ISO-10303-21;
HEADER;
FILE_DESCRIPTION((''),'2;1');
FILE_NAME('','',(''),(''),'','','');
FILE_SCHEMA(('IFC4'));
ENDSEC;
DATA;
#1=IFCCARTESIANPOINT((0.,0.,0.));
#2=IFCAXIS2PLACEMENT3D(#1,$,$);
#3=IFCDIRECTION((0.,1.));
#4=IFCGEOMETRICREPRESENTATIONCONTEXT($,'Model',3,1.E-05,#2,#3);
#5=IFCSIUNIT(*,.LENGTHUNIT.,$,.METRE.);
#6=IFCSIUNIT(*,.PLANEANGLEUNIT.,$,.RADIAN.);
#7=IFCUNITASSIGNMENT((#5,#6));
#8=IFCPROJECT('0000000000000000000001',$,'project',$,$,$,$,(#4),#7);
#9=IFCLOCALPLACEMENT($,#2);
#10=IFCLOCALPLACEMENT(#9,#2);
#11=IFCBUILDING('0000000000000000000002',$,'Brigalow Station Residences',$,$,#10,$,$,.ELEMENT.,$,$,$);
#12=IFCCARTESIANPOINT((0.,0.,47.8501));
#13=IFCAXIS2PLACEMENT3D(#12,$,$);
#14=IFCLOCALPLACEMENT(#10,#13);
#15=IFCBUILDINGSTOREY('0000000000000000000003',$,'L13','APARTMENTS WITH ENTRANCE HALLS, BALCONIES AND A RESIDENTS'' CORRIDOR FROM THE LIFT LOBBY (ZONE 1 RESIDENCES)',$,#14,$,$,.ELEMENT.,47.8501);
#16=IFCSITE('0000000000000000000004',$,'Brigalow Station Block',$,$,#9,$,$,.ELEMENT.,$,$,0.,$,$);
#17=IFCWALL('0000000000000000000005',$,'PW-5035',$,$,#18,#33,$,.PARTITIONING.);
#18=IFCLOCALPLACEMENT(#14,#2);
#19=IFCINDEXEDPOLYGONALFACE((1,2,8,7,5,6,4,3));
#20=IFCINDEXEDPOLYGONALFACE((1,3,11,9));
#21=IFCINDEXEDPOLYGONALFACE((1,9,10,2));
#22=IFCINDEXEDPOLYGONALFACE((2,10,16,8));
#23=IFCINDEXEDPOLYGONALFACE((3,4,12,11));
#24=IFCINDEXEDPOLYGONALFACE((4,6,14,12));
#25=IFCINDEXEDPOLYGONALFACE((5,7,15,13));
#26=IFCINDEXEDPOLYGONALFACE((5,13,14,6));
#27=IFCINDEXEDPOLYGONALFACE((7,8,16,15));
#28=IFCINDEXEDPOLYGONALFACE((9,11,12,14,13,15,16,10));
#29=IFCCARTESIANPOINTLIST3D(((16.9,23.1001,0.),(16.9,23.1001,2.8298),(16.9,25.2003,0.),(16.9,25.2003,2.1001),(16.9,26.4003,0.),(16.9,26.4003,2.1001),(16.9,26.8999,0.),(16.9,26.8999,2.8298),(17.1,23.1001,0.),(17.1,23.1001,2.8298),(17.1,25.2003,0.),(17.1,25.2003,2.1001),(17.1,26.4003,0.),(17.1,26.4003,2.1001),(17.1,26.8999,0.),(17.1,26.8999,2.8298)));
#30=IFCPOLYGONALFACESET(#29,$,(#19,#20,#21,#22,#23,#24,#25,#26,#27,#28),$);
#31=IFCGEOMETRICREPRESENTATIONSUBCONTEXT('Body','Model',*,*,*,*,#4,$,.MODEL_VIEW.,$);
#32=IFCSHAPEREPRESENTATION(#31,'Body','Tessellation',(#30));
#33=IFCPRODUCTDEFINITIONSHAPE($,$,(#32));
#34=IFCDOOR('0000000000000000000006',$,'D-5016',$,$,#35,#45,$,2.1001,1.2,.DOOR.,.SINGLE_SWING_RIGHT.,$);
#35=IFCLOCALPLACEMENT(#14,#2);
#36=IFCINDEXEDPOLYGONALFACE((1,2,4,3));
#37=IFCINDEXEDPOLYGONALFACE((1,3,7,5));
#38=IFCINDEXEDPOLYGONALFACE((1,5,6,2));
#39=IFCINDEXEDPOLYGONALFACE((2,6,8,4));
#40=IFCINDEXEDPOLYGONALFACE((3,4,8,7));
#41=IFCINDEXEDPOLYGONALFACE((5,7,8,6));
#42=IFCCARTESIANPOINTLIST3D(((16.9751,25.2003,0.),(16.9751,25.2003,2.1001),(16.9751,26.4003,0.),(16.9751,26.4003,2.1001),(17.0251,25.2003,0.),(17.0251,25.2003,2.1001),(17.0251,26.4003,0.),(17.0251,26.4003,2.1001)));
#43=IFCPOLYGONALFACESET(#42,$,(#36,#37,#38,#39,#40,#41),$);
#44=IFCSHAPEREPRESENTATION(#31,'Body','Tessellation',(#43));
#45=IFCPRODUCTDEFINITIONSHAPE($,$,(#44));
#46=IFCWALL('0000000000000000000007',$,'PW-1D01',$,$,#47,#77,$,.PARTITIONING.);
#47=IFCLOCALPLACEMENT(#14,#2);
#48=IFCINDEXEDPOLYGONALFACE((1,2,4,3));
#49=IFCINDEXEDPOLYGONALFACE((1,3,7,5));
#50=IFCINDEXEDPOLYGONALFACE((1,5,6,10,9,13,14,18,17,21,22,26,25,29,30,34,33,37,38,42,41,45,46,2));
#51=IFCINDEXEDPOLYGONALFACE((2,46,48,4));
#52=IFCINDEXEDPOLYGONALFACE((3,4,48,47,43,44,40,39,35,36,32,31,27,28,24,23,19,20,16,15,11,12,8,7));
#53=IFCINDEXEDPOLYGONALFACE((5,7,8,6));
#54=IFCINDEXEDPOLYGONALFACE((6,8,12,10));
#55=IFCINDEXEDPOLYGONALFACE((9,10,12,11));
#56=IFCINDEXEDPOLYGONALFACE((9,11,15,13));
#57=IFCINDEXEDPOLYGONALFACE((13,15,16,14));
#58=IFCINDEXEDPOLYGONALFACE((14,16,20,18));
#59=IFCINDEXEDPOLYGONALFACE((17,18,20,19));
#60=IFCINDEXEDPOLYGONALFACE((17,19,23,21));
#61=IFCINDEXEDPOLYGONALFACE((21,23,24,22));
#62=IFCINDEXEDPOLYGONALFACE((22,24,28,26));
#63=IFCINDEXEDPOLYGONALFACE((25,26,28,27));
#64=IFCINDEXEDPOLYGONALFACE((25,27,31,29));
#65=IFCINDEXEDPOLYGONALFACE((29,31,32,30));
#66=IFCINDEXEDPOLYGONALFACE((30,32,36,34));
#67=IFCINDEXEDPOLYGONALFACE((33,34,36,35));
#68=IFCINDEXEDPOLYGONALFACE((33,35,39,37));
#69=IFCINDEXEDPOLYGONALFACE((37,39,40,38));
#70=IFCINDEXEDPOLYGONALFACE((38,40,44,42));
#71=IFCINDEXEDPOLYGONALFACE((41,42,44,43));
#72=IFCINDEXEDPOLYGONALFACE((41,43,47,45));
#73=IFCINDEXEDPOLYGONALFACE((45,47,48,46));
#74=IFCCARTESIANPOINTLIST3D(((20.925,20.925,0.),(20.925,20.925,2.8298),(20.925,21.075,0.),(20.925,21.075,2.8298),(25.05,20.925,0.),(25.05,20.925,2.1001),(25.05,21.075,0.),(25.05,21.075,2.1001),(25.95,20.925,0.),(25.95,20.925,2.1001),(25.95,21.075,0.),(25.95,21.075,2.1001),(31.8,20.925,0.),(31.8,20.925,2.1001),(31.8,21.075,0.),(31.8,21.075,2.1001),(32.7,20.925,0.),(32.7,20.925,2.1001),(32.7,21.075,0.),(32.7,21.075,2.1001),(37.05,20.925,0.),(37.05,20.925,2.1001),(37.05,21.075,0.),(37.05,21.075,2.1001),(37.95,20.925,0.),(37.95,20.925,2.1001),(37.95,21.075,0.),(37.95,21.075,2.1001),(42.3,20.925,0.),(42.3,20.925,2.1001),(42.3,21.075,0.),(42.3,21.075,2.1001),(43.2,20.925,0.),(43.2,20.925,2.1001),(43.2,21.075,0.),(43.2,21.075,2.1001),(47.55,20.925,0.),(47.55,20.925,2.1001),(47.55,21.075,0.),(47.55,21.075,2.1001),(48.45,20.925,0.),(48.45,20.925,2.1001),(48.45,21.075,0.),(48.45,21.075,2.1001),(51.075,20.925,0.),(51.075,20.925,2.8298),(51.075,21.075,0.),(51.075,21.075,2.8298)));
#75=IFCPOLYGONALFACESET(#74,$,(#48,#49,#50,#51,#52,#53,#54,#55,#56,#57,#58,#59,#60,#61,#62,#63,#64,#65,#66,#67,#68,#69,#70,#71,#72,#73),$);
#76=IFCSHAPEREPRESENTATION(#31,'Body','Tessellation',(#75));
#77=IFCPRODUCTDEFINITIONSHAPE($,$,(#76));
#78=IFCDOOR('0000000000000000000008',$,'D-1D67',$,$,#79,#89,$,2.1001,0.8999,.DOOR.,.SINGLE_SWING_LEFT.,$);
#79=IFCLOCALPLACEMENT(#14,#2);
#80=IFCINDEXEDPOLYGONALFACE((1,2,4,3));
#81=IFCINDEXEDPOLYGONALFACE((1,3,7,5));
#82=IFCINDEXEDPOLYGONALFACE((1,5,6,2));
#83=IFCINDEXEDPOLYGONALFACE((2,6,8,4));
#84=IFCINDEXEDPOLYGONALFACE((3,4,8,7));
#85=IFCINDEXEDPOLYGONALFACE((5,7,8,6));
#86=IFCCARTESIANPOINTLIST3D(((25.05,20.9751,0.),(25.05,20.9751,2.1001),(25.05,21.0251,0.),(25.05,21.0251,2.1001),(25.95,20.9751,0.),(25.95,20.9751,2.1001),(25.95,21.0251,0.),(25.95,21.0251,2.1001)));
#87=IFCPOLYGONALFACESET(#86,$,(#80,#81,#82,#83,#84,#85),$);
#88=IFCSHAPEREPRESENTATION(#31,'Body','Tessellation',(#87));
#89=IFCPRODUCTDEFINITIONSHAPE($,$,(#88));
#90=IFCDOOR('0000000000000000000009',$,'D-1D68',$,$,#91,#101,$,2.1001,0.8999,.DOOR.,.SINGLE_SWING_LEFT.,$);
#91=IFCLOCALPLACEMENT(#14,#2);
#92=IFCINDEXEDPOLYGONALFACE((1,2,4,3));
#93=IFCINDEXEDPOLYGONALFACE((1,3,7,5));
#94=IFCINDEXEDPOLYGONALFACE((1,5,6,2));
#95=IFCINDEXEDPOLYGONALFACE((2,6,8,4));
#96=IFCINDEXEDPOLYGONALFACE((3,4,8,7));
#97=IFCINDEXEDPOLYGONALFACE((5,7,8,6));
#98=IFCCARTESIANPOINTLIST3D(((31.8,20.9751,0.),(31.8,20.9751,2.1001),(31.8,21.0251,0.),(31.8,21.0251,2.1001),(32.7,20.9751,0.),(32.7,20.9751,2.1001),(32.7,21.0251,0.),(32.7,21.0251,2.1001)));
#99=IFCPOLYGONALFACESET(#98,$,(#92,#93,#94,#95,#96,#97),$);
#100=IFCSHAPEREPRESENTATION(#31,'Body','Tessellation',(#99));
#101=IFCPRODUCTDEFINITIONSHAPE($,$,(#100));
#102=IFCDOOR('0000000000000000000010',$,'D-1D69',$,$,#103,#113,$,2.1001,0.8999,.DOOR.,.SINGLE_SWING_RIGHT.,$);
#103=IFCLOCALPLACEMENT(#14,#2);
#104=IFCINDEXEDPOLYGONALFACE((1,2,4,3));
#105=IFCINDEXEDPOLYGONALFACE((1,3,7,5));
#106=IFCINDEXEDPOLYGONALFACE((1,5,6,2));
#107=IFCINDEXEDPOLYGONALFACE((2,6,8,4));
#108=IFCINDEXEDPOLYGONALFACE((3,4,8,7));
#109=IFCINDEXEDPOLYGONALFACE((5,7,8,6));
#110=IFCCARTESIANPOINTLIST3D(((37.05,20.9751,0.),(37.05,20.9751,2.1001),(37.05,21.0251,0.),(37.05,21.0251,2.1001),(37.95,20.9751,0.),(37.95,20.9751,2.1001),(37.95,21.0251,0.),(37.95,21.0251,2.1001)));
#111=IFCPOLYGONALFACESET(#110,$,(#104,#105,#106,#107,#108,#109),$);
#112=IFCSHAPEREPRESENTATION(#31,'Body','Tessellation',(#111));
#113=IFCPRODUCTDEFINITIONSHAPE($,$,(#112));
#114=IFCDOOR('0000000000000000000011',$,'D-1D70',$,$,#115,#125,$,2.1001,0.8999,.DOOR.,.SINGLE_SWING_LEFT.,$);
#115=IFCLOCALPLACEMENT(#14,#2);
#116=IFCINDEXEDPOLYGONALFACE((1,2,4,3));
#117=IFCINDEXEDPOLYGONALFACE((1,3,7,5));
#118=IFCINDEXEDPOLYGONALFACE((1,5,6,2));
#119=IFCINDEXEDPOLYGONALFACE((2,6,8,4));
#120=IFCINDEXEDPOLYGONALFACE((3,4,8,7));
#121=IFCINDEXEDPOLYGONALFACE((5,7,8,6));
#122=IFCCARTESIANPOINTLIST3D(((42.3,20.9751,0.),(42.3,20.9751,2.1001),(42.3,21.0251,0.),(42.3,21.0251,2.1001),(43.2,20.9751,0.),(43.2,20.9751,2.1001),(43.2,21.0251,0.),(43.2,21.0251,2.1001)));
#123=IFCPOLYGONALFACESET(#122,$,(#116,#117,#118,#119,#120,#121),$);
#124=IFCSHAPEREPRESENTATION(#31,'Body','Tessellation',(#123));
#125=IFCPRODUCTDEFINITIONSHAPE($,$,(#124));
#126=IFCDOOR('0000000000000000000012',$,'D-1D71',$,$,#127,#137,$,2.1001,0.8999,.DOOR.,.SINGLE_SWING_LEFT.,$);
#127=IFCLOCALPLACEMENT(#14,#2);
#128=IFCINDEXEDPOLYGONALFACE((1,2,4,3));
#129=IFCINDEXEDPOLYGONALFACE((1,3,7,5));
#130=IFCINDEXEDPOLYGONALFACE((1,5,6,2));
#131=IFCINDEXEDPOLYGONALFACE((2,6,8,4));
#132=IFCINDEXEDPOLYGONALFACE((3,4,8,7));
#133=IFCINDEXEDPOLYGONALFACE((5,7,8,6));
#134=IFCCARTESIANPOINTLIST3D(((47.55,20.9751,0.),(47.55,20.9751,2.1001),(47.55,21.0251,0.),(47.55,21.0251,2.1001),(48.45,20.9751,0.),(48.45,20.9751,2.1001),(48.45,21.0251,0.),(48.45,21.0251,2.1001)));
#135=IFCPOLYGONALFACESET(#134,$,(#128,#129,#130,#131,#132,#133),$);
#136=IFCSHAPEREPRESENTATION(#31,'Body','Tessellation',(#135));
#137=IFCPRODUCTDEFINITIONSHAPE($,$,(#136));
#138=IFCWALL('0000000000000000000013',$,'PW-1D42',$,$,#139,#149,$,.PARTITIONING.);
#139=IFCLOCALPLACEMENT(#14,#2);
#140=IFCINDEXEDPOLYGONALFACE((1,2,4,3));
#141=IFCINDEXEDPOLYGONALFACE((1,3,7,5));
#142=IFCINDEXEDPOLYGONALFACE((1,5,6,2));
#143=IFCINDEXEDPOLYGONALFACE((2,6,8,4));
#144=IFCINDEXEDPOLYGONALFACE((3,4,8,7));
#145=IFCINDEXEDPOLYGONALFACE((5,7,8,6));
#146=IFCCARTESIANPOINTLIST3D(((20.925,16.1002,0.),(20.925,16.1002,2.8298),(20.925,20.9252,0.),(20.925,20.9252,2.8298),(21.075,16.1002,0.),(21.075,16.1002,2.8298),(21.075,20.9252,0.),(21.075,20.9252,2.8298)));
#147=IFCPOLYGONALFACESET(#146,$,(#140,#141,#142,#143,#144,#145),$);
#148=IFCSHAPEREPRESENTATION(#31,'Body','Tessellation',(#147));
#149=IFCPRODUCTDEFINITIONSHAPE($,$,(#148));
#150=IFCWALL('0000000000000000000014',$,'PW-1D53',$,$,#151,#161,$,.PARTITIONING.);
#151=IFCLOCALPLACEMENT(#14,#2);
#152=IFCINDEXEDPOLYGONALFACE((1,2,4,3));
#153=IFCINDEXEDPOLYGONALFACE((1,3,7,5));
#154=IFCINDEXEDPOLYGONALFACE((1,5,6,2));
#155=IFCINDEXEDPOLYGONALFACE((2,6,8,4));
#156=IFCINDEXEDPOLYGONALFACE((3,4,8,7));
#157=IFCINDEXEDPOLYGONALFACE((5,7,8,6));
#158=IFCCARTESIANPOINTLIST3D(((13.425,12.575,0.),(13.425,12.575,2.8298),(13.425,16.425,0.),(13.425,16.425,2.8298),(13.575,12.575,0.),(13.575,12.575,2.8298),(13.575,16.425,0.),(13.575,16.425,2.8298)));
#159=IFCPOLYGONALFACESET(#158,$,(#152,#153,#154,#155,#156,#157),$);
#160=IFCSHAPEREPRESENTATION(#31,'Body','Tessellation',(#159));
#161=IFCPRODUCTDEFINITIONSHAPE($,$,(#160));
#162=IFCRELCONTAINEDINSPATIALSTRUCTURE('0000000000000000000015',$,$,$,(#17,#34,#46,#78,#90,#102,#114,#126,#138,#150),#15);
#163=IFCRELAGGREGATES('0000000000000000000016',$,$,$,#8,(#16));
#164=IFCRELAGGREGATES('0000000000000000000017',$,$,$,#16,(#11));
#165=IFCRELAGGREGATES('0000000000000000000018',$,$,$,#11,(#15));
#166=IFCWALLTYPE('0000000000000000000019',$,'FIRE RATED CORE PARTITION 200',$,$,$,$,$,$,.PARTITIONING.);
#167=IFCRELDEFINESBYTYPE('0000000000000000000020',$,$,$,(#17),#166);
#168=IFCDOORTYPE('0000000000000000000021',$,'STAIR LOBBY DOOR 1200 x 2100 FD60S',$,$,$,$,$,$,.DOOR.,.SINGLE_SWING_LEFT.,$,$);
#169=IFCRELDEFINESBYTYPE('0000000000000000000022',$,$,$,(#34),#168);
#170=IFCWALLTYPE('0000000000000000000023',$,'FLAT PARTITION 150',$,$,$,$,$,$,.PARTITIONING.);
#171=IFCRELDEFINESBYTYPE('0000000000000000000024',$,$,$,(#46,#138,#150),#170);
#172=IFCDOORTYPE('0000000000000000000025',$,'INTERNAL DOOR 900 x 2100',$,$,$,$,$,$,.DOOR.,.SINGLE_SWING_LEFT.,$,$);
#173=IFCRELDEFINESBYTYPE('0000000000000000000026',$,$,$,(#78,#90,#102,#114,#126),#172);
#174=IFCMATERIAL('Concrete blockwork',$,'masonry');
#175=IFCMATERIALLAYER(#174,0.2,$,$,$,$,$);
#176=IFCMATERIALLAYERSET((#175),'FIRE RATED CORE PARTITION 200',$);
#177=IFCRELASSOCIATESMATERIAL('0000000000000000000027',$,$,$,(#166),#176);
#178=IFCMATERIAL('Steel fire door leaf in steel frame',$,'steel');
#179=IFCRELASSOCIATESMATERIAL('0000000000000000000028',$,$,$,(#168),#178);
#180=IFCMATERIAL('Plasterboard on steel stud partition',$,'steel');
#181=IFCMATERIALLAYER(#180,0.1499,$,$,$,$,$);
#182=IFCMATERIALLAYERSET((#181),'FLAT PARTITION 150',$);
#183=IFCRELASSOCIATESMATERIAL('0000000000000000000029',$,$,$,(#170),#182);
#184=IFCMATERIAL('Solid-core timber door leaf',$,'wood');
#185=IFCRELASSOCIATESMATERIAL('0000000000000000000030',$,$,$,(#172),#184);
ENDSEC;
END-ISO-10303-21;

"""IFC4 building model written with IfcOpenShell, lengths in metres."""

from ifc_helpers import new_model, si_unit, direction, frame, frame_2d, origin, place, context, subcontext, project, spatial, rectangle, extrude, material, layer, layer_set, type_object, element, fill, save


model = new_model("IFC4")

# Units and contexts
model_context = context("Model", 3, precision=1e-05, world=origin(), true_north=direction((0.0, 1.0)))
body_context = subcontext(model_context, "Body", "Model", "MODEL_VIEW")
ifc_project = project(units=[si_unit("LENGTHUNIT", "METRE"), si_unit("PLANEANGLEUNIT", "RADIAN")], contexts=[model_context])

# Site, building, storey
site_placement = place(None, origin())
site = spatial("IfcSite", under=ifc_project, at=site_placement, Name="Brigalow Station Block", CompositionType="ELEMENT", RefElevation=0.0)
building_placement = place(site_placement, origin())
building = spatial("IfcBuilding", under=site, at=building_placement, Name="Brigalow Station Residences", CompositionType="ELEMENT")
storey_placement = place(building_placement, frame((0.0, 0.0, 47.8501)))
storey = spatial("IfcBuildingStorey", under=building, at=storey_placement, Name="L13", Description="APARTMENTS WITH ENTRANCE HALLS, BALCONIES AND A RESIDENTS' CORRIDOR FROM THE LIFT LOBBY (ZONE 1 RESIDENCES)", CompositionType="ELEMENT", Elevation=47.8501)

# Wall, opening, door
ifc_material_1 = material(Name="Concrete blockwork", Category="masonry")
ifc_layer_1 = layer(ifc_material_1, 0.2)
ifc_layer_set_1 = layer_set([ifc_layer_1], Name="FIRE RATED CORE PARTITION 200")
wall_type_1 = type_object("IfcWallType", Name="FIRE RATED CORE PARTITION 200", PredefinedType="PARTITIONING", material=ifc_layer_set_1)
wall_1_placement = place(storey_placement, frame((17.0, 23.1001, 0.0), z_axis=(0.0, 0.0, 1.0), x_axis=(0.0, 1.0, 0.0)))
wall_1 = element("IfcWall", 1, at=wall_1_placement, inside=storey, type_object=wall_type_1, Name="PW-5035", PredefinedType="PARTITIONING", context=body_context, shape_type="SweptSolid", body=[
    extrude(rectangle(XDim=3.7998, YDim=0.2, at=frame_2d((1.8999, 0.0))), origin(), (0.0, 0.0, 1.0), 2.8298),
])
opening_1_placement = place(wall_1_placement, frame((2.1001, 0.0, 0.0)))
opening_1 = element("IfcOpeningElement", 2, at=opening_1_placement, cuts=wall_1, PredefinedType="OPENING", context=body_context, shape_type="SweptSolid", body=[
    extrude(rectangle(XDim=1.2, YDim=2.1001, at=frame_2d((0.6001, 1.05))), frame((0.0, 0.1099, 0.0), z_axis=(0.0, -1.0, 0.0), x_axis=(1.0, 0.0, 0.0)), (0.0, 0.0, 1.0), 0.22),
])
ifc_material_2 = material(Name="Steel fire door leaf in steel frame", Category="steel")
door_type_1 = type_object("IfcDoorType", Name="STAIR LOBBY DOOR 1200 x 2100 FD60S", OperationType="SINGLE_SWING_LEFT", PredefinedType="DOOR", material=ifc_material_2)
door_1_placement = place(opening_1_placement, origin())
door_1 = element("IfcDoor", 3, at=door_1_placement, inside=storey, type_object=door_type_1, Name="D-5016", OperationType="SINGLE_SWING_RIGHT", OverallHeight=2.1001, OverallWidth=1.2, PredefinedType="DOOR", context=body_context, shape_type="SweptSolid", body=[
    extrude(rectangle(XDim=1.2, YDim=2.1001, at=frame_2d((0.6001, 1.05))), frame((0.0, 0.0249, 0.0), z_axis=(0.0, -1.0, 0.0), x_axis=(1.0, 0.0, 0.0)), (0.0, 0.0, 1.0), 0.05),
])
fill(opening_1, door_1)

# Wall, openings, doors
ifc_material_3 = material(Name="Plasterboard on steel stud partition", Category="steel")
ifc_layer_2 = layer(ifc_material_3, 0.1499)
ifc_layer_set_2 = layer_set([ifc_layer_2], Name="FLAT PARTITION 150")
wall_type_2 = type_object("IfcWallType", Name="FLAT PARTITION 150", PredefinedType="PARTITIONING", material=ifc_layer_set_2)
wall_2_placement = place(storey_placement, frame((20.925, 21.0, 0.0), z_axis=(0.0, 0.0, 1.0), x_axis=(1.0, 0.0, 0.0)))
wall_2 = element("IfcWall", 4, at=wall_2_placement, inside=storey, type_object=wall_type_2, Name="PW-1D01", PredefinedType="PARTITIONING", context=body_context, shape_type="SweptSolid", body=[
    extrude(rectangle(XDim=30.1499, YDim=0.1499, at=frame_2d((15.075, 0.0))), origin(), (0.0, 0.0, 1.0), 2.8298),
])
opening_2_placement = place(wall_2_placement, frame((4.125, 0.0, 0.0)))
opening_2 = element("IfcOpeningElement", 5, at=opening_2_placement, cuts=wall_2, PredefinedType="OPENING", context=body_context, shape_type="SweptSolid", body=[
    extrude(rectangle(XDim=0.8999, YDim=2.1001, at=frame_2d((0.45, 1.05))), frame((0.0, 0.085, 0.0), z_axis=(0.0, -1.0, 0.0), x_axis=(1.0, 0.0, 0.0)), (0.0, 0.0, 1.0), 0.1699),
])
opening_3_placement = place(wall_2_placement, frame((10.875, 0.0, 0.0)))
opening_3 = element("IfcOpeningElement", 6, at=opening_3_placement, cuts=wall_2, PredefinedType="OPENING", context=body_context, shape_type="SweptSolid", body=[
    extrude(rectangle(XDim=0.8999, YDim=2.1001, at=frame_2d((0.45, 1.05))), frame((0.0, 0.085, 0.0), z_axis=(0.0, -1.0, 0.0), x_axis=(1.0, 0.0, 0.0)), (0.0, 0.0, 1.0), 0.1699),
])
opening_4_placement = place(wall_2_placement, frame((16.125, 0.0, 0.0)))
opening_4 = element("IfcOpeningElement", 7, at=opening_4_placement, cuts=wall_2, PredefinedType="OPENING", context=body_context, shape_type="SweptSolid", body=[
    extrude(rectangle(XDim=0.8999, YDim=2.1001, at=frame_2d((0.45, 1.05))), frame((0.0, 0.085, 0.0), z_axis=(0.0, -1.0, 0.0), x_axis=(1.0, 0.0, 0.0)), (0.0, 0.0, 1.0), 0.1699),
])
opening_5_placement = place(wall_2_placement, frame((21.375, 0.0, 0.0)))
opening_5 = element("IfcOpeningElement", 8, at=opening_5_placement, cuts=wall_2, PredefinedType="OPENING", context=body_context, shape_type="SweptSolid", body=[
    extrude(rectangle(XDim=0.8999, YDim=2.1001, at=frame_2d((0.45, 1.05))), frame((0.0, 0.085, 0.0), z_axis=(0.0, -1.0, 0.0), x_axis=(1.0, 0.0, 0.0)), (0.0, 0.0, 1.0), 0.1699),
])
opening_6_placement = place(wall_2_placement, frame((26.625, 0.0, 0.0)))
opening_6 = element("IfcOpeningElement", 9, at=opening_6_placement, cuts=wall_2, PredefinedType="OPENING", context=body_context, shape_type="SweptSolid", body=[
    extrude(rectangle(XDim=0.8999, YDim=2.1001, at=frame_2d((0.45, 1.05))), frame((0.0, 0.085, 0.0), z_axis=(0.0, -1.0, 0.0), x_axis=(1.0, 0.0, 0.0)), (0.0, 0.0, 1.0), 0.1699),
])
ifc_material_4 = material(Name="Solid-core timber door leaf", Category="wood")
door_type_2 = type_object("IfcDoorType", Name="INTERNAL DOOR 900 x 2100", OperationType="SINGLE_SWING_LEFT", PredefinedType="DOOR", material=ifc_material_4)
door_2_placement = place(opening_2_placement, frame((0.8999, 0.0, 0.0), z_axis=(0.0, 0.0, 1.0), x_axis=(-1.0, 0.0, 0.0)))
door_2 = element("IfcDoor", 10, at=door_2_placement, inside=storey, type_object=door_type_2, Name="D-1D67", OperationType="SINGLE_SWING_LEFT", OverallHeight=2.1001, OverallWidth=0.8999, PredefinedType="DOOR", context=body_context, shape_type="SweptSolid", body=[
    extrude(rectangle(XDim=0.8999, YDim=2.1001, at=frame_2d((0.45, 1.05))), frame((0.0, 0.0249, 0.0), z_axis=(0.0, -1.0, 0.0), x_axis=(1.0, 0.0, 0.0)), (0.0, 0.0, 1.0), 0.05),
])
fill(opening_2, door_2)
door_3_placement = place(opening_3_placement, frame((0.8999, 0.0, 0.0), z_axis=(0.0, 0.0, 1.0), x_axis=(-1.0, 0.0, 0.0)))
door_3 = element("IfcDoor", 11, at=door_3_placement, inside=storey, type_object=door_type_2, Name="D-1D68", OperationType="SINGLE_SWING_LEFT", OverallHeight=2.1001, OverallWidth=0.8999, PredefinedType="DOOR", context=body_context, shape_type="SweptSolid", body=[
    extrude(rectangle(XDim=0.8999, YDim=2.1001, at=frame_2d((0.45, 1.05))), frame((0.0, 0.0249, 0.0), z_axis=(0.0, -1.0, 0.0), x_axis=(1.0, 0.0, 0.0)), (0.0, 0.0, 1.0), 0.05),
])
fill(opening_3, door_3)
door_4_placement = place(opening_4_placement, frame((0.8999, 0.0, 0.0), z_axis=(0.0, 0.0, 1.0), x_axis=(-1.0, 0.0, 0.0)))
door_4 = element("IfcDoor", 12, at=door_4_placement, inside=storey, type_object=door_type_2, Name="D-1D69", OperationType="SINGLE_SWING_RIGHT", OverallHeight=2.1001, OverallWidth=0.8999, PredefinedType="DOOR", context=body_context, shape_type="SweptSolid", body=[
    extrude(rectangle(XDim=0.8999, YDim=2.1001, at=frame_2d((0.45, 1.05))), frame((0.0, 0.0249, 0.0), z_axis=(0.0, -1.0, 0.0), x_axis=(1.0, 0.0, 0.0)), (0.0, 0.0, 1.0), 0.05),
])
fill(opening_4, door_4)
door_5_placement = place(opening_5_placement, frame((0.8999, 0.0, 0.0), z_axis=(0.0, 0.0, 1.0), x_axis=(-1.0, 0.0, 0.0)))
door_5 = element("IfcDoor", 13, at=door_5_placement, inside=storey, type_object=door_type_2, Name="D-1D70", OperationType="SINGLE_SWING_LEFT", OverallHeight=2.1001, OverallWidth=0.8999, PredefinedType="DOOR", context=body_context, shape_type="SweptSolid", body=[
    extrude(rectangle(XDim=0.8999, YDim=2.1001, at=frame_2d((0.45, 1.05))), frame((0.0, 0.0249, 0.0), z_axis=(0.0, -1.0, 0.0), x_axis=(1.0, 0.0, 0.0)), (0.0, 0.0, 1.0), 0.05),
])
fill(opening_5, door_5)
door_6_placement = place(opening_6_placement, frame((0.8999, 0.0, 0.0), z_axis=(0.0, 0.0, 1.0), x_axis=(-1.0, 0.0, 0.0)))
door_6 = element("IfcDoor", 14, at=door_6_placement, inside=storey, type_object=door_type_2, Name="D-1D71", OperationType="SINGLE_SWING_LEFT", OverallHeight=2.1001, OverallWidth=0.8999, PredefinedType="DOOR", context=body_context, shape_type="SweptSolid", body=[
    extrude(rectangle(XDim=0.8999, YDim=2.1001, at=frame_2d((0.45, 1.05))), frame((0.0, 0.0249, 0.0), z_axis=(0.0, -1.0, 0.0), x_axis=(1.0, 0.0, 0.0)), (0.0, 0.0, 1.0), 0.05),
])
fill(opening_6, door_6)

# Walls
wall_3_placement = place(storey_placement, frame((21.0, 16.1001, 0.0), z_axis=(0.0, 0.0, 1.0), x_axis=(0.0, 1.0, 0.0)))
element("IfcWall", 15, at=wall_3_placement, inside=storey, type_object=wall_type_2, Name="PW-1D42", PredefinedType="PARTITIONING", context=body_context, shape_type="SweptSolid", body=[
    extrude(rectangle(XDim=4.825, YDim=0.1499, at=frame_2d((2.4126, 0.0))), origin(), (0.0, 0.0, 1.0), 2.8298),
])
wall_4_placement = place(storey_placement, frame((13.5, 12.575, 0.0), z_axis=(0.0, 0.0, 1.0), x_axis=(0.0, 1.0, 0.0)))
element("IfcWall", 16, at=wall_4_placement, inside=storey, type_object=wall_type_2, Name="PW-1D53", PredefinedType="PARTITIONING", context=body_context, shape_type="SweptSolid", body=[
    extrude(rectangle(XDim=3.8501, YDim=0.1499, at=frame_2d((1.925, 0.0))), origin(), (0.0, 0.0, 1.0), 2.8298),
])

save(model, "model.ifc")
